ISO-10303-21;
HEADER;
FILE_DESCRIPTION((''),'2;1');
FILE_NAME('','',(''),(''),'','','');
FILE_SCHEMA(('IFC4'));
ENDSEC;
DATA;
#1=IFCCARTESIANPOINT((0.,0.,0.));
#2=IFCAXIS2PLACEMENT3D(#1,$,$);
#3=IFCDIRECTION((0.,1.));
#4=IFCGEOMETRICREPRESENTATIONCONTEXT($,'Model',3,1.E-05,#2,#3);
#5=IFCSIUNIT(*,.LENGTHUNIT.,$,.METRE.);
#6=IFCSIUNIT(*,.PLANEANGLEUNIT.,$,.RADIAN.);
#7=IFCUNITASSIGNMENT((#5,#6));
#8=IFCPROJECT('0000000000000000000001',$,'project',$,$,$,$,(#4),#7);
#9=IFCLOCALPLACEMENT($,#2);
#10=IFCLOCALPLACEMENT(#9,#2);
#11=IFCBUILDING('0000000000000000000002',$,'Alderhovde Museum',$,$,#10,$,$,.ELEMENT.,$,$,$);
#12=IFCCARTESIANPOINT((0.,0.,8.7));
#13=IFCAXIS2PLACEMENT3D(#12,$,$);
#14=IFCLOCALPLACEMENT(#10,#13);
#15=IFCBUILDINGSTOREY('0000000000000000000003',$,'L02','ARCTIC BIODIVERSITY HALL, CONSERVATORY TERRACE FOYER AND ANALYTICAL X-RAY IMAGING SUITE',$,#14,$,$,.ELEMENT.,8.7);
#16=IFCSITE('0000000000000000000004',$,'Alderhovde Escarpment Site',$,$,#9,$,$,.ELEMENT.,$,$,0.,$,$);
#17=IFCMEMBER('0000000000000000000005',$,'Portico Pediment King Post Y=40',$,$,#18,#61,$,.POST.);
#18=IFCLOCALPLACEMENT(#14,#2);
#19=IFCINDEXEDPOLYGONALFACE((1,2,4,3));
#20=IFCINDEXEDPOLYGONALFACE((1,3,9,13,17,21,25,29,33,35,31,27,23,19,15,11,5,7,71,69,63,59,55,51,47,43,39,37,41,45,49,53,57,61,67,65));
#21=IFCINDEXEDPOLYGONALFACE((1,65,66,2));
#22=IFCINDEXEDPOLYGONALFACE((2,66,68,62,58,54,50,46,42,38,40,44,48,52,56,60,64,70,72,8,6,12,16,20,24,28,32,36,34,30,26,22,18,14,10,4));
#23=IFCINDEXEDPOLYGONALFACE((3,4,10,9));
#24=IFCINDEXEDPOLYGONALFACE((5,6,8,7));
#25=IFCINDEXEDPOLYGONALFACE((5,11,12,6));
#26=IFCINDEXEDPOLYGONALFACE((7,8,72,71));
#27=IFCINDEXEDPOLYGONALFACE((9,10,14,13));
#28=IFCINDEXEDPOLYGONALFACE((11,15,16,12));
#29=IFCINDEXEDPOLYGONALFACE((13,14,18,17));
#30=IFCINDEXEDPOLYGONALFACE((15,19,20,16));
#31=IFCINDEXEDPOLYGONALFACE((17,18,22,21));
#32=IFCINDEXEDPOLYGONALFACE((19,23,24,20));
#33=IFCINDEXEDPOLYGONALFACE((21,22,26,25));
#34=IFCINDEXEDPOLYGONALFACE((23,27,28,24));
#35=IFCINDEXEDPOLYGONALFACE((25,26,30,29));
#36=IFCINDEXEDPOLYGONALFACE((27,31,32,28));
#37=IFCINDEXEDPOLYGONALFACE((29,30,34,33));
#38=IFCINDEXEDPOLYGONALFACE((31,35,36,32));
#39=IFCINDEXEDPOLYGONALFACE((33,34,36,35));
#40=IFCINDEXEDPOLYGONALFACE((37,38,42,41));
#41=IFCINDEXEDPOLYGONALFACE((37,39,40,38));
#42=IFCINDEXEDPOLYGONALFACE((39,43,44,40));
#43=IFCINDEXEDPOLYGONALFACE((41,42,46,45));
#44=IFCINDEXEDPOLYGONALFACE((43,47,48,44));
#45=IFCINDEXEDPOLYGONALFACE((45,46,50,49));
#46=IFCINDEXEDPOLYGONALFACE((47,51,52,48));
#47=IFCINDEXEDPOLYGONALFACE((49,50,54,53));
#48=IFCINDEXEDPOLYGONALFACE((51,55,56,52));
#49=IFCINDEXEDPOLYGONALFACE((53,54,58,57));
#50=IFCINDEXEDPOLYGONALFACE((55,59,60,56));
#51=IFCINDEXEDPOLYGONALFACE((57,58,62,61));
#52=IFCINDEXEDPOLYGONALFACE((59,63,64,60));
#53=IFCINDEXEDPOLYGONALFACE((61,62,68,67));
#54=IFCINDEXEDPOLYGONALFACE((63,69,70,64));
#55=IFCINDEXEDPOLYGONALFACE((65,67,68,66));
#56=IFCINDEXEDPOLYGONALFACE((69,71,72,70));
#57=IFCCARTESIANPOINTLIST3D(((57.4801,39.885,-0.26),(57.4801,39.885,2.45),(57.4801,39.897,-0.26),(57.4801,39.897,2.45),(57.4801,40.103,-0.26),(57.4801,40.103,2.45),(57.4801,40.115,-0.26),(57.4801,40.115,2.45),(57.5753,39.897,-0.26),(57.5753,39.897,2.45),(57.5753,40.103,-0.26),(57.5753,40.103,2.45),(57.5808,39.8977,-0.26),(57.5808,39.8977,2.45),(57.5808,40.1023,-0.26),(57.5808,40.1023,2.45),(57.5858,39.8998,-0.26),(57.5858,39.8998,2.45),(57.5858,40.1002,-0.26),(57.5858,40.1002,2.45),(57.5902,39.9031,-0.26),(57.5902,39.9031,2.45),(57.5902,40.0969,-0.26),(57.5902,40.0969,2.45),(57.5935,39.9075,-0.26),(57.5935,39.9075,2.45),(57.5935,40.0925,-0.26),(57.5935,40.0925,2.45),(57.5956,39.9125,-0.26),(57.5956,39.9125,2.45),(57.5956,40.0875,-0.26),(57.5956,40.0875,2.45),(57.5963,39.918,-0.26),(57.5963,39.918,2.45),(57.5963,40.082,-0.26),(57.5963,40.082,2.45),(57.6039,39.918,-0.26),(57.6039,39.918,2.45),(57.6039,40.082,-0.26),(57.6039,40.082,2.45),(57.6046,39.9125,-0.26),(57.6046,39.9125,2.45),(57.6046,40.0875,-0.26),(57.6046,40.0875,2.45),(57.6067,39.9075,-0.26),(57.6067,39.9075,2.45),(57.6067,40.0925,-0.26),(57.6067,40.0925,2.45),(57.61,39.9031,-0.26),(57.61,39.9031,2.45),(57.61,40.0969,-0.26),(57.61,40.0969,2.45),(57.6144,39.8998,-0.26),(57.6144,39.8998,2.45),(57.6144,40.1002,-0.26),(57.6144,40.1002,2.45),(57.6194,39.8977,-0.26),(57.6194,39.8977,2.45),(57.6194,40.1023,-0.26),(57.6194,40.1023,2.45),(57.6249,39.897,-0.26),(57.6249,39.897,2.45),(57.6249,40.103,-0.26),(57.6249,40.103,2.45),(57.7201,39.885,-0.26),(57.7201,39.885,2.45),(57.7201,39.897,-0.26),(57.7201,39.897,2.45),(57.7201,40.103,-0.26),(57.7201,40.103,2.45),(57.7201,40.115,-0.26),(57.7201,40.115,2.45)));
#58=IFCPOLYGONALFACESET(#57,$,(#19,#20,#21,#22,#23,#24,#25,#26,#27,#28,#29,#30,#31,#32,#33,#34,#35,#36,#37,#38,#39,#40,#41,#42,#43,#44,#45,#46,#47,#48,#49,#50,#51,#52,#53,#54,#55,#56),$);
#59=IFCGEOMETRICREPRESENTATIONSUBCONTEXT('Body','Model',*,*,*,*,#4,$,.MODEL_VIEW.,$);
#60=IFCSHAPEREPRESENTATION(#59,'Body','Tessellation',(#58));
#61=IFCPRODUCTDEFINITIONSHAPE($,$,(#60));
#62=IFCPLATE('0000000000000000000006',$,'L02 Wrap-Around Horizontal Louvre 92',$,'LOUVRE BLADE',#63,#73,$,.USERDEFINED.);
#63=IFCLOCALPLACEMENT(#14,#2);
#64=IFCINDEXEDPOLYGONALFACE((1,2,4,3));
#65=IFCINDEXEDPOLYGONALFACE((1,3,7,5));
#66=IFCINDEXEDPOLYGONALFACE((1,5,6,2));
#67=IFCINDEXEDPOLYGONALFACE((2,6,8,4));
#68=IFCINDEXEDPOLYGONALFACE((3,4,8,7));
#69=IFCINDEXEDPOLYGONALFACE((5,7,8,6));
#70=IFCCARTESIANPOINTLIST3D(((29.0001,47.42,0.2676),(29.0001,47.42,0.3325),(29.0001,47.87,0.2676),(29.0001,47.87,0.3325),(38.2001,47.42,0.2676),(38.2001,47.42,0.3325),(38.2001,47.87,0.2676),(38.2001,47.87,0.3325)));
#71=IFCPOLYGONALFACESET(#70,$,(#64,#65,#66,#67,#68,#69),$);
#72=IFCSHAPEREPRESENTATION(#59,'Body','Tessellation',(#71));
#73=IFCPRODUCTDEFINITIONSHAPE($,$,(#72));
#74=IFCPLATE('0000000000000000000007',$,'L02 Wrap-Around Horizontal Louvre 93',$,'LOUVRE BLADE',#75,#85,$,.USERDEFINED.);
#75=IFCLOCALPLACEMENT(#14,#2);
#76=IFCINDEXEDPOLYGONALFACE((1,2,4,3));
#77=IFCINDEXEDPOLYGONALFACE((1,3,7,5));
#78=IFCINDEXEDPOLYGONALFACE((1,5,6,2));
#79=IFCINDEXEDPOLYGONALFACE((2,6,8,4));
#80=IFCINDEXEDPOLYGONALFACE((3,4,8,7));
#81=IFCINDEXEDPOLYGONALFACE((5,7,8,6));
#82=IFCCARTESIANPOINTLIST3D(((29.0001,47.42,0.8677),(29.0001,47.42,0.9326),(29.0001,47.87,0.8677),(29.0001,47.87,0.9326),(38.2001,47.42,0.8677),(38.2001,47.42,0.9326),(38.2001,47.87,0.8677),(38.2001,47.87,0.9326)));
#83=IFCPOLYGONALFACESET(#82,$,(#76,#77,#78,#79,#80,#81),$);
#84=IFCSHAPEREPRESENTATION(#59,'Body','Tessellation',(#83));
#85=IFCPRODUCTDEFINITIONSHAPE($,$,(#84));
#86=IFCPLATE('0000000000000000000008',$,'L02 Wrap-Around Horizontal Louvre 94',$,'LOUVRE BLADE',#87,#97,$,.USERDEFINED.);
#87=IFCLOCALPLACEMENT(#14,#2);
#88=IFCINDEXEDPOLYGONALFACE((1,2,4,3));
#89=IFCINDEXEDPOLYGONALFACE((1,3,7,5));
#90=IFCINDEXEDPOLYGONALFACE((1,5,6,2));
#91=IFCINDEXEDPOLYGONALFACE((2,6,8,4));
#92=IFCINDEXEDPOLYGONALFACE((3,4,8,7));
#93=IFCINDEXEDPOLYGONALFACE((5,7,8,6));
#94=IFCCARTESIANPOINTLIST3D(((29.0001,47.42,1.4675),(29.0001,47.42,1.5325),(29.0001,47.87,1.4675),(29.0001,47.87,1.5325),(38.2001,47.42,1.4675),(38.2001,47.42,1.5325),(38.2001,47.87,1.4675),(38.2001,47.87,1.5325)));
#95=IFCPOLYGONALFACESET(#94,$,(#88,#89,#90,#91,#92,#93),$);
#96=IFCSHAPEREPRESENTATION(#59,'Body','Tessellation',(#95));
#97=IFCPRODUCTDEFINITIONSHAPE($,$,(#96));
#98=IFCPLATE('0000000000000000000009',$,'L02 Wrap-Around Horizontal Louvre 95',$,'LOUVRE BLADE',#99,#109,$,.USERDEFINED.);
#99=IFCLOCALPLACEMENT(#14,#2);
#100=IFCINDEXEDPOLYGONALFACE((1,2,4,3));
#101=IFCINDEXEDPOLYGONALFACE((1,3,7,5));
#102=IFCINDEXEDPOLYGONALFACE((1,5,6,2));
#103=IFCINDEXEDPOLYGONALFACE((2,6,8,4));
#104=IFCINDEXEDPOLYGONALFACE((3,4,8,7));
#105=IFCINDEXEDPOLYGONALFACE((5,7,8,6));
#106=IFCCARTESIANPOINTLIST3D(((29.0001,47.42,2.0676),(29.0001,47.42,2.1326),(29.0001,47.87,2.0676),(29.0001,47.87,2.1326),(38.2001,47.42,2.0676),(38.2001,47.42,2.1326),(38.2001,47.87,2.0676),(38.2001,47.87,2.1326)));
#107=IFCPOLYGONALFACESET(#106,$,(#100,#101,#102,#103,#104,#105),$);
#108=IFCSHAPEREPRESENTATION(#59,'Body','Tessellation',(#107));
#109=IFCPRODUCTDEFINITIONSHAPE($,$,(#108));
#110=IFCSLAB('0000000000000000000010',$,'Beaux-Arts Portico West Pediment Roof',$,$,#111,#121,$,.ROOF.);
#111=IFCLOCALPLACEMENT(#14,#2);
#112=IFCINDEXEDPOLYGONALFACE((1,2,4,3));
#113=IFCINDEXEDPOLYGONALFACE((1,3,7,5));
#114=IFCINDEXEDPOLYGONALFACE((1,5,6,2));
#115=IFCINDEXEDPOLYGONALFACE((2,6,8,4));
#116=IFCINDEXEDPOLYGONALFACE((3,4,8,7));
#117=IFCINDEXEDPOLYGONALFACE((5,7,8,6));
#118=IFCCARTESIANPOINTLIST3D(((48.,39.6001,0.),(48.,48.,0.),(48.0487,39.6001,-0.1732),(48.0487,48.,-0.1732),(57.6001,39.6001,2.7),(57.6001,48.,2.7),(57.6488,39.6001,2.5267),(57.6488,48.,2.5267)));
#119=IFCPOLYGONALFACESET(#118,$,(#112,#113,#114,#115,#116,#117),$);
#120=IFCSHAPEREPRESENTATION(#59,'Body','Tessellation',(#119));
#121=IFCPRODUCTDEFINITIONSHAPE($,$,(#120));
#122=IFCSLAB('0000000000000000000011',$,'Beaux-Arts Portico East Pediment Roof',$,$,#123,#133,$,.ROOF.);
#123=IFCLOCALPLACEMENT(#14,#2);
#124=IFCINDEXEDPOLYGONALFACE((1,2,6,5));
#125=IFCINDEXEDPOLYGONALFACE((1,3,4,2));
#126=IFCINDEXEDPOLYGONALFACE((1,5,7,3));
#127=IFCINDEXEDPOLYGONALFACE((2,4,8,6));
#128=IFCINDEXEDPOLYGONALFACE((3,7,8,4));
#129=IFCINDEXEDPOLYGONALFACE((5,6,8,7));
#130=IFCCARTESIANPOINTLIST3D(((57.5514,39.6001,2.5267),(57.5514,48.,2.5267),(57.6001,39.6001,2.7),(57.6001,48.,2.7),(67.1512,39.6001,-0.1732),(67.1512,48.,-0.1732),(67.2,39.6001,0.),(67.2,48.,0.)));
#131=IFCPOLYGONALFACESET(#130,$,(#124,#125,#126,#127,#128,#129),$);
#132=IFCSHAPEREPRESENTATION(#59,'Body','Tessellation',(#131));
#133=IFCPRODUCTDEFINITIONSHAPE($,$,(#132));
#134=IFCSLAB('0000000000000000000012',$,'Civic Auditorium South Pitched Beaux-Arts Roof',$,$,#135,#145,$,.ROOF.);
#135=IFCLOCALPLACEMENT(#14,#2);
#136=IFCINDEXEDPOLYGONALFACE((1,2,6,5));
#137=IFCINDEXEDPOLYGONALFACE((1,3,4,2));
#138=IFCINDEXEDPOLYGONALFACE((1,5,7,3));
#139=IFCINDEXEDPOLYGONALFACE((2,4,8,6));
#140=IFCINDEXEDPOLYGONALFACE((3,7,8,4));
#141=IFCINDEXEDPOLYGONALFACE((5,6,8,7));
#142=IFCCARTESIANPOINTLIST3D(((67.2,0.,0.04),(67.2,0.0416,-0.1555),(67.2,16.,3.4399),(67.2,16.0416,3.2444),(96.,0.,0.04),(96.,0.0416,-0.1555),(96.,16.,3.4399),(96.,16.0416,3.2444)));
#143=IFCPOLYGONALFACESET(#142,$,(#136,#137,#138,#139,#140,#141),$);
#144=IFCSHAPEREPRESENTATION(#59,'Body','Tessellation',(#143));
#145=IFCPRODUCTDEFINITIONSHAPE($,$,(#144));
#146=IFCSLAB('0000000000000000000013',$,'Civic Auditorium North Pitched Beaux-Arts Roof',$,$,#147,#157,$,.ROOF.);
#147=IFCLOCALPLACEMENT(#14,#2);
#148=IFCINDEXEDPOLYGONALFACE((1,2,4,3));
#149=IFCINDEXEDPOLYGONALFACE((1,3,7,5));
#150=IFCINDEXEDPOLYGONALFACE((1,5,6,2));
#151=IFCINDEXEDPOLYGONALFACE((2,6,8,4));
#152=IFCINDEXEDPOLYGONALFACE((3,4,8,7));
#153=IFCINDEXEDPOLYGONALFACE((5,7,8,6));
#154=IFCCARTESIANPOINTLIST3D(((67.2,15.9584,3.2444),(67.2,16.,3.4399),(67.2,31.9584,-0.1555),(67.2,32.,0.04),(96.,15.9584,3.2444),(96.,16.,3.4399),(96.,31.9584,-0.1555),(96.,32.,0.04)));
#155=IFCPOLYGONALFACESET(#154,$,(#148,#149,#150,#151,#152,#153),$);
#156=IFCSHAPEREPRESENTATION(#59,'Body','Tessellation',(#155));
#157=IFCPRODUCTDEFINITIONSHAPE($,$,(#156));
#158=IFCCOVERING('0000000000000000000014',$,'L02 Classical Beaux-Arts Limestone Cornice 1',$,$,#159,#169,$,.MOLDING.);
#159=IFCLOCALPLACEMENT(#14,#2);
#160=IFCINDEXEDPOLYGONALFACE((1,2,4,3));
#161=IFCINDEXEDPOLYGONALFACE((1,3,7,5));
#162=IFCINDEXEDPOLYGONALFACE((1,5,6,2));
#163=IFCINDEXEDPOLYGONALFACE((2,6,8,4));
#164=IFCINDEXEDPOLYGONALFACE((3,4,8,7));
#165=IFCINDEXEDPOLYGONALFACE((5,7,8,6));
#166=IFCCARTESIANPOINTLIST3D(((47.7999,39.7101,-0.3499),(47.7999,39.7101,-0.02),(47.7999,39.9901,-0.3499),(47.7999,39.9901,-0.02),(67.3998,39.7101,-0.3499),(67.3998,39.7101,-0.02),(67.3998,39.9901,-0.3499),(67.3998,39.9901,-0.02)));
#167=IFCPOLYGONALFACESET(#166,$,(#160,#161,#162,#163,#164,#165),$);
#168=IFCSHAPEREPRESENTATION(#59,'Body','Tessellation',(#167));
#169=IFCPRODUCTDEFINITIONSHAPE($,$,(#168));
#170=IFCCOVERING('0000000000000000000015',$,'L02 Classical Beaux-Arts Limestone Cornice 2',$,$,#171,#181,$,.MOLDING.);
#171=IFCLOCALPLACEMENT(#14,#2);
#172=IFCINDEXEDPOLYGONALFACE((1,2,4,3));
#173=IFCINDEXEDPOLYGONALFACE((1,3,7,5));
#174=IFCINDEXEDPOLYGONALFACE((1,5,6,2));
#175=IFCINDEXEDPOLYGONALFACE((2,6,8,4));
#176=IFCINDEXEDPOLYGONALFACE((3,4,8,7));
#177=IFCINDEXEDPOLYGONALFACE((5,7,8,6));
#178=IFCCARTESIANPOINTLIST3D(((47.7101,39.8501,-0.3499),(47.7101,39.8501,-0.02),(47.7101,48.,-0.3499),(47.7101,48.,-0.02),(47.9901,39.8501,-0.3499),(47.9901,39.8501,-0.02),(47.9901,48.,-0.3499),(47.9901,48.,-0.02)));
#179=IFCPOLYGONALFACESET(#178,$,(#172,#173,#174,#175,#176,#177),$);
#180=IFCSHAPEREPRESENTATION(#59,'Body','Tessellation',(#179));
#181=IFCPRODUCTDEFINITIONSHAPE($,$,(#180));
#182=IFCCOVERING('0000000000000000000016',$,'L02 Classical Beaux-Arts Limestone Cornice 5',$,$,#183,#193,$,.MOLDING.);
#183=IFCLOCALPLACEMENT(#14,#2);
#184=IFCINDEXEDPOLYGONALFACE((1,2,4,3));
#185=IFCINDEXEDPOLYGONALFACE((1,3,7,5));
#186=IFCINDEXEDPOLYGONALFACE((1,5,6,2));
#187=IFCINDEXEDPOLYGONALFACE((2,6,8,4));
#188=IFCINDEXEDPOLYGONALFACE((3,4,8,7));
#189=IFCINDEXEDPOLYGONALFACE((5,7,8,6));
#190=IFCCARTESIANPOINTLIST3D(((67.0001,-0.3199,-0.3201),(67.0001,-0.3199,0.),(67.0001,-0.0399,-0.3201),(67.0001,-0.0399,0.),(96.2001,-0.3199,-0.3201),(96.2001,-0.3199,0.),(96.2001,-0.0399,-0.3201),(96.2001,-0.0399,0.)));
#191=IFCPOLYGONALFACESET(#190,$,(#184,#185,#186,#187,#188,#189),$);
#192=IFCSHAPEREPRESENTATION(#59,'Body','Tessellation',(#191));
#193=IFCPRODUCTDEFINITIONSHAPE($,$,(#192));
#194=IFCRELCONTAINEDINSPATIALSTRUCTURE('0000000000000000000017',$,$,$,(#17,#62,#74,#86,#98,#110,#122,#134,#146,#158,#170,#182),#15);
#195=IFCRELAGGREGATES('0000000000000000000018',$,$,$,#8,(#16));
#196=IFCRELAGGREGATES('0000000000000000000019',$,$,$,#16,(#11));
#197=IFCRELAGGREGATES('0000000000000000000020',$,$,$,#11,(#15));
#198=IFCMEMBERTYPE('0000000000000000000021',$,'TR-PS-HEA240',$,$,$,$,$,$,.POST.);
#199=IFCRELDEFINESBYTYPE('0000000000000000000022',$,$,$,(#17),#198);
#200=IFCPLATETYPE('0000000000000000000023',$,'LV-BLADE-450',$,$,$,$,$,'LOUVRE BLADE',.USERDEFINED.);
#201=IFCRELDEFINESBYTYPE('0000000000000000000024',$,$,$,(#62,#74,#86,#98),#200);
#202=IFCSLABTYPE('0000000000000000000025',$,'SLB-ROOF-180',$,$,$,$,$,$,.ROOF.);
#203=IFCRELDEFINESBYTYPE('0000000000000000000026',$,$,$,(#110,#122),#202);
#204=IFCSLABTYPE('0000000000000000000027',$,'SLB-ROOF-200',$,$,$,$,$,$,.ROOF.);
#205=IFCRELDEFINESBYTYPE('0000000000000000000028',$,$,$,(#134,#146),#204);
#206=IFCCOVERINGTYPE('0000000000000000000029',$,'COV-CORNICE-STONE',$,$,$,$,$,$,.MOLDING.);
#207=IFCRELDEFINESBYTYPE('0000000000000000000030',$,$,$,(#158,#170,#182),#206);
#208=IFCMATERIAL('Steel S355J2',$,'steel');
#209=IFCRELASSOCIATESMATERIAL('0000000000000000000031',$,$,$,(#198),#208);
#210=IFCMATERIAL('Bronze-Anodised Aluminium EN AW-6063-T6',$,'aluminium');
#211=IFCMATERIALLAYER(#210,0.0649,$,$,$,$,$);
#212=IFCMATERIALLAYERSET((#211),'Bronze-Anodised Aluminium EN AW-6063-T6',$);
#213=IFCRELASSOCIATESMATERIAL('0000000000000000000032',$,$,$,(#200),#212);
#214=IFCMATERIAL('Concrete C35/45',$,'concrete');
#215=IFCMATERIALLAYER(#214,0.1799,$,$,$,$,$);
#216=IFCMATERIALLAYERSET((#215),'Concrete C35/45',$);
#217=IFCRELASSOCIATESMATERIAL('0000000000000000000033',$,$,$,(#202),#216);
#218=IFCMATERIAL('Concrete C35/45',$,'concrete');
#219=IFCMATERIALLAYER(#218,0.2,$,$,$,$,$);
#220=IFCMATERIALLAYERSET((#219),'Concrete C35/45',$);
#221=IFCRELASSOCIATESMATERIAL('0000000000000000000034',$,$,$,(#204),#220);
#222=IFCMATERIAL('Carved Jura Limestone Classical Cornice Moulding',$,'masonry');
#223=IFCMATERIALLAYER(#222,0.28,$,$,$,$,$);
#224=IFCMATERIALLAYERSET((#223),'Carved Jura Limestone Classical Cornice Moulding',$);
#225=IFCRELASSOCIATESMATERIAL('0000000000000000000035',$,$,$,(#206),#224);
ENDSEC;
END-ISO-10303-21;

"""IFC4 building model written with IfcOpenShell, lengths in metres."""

from ifc_helpers import new_model, si_unit, direction, frame, frame_2d, origin, origin_2d, place, context, subcontext, project, spatial, polyline, rectangle, i_section, outline, extrude, material, layer, layer_set, material_profile, profile_set, type_object, element, save


model = new_model("IFC4")

# Units and contexts
model_context = context("Model", 3, precision=1e-05, world=origin(), true_north=direction((0.0, 1.0)))
body_context = subcontext(model_context, "Body", "Model", "MODEL_VIEW")
ifc_project = project(units=[si_unit("LENGTHUNIT", "METRE"), si_unit("PLANEANGLEUNIT", "RADIAN")], contexts=[model_context])

# Site, building, storey
site_placement = place(None, origin())
site = spatial("IfcSite", under=ifc_project, at=site_placement, Name="Alderhovde Escarpment Site", CompositionType="ELEMENT", RefElevation=0.0)
building_placement = place(site_placement, origin())
building = spatial("IfcBuilding", under=site, at=building_placement, Name="Alderhovde Museum", CompositionType="ELEMENT")
storey_placement = place(building_placement, frame((0.0, 0.0, 8.7)))
storey = spatial("IfcBuildingStorey", under=building, at=storey_placement, Name="L02", Description="ARCTIC BIODIVERSITY HALL, CONSERVATORY TERRACE FOYER AND ANALYTICAL X-RAY IMAGING SUITE", CompositionType="ELEMENT", Elevation=8.7)

# Member
ifc_material_1 = material(Name="Steel S355J2", Category="steel")
ifc_material_profile_1 = material_profile(ifc_material_1, i_section(OverallWidth=0.24, OverallDepth=0.23, WebThickness=0.0076, FlangeThickness=0.012, FilletRadius=0.021, at=origin_2d()), Name="HEA 240")
ifc_profile_set_1 = profile_set([ifc_material_profile_1], Name="Steel S355J2")
member_type_1 = type_object("IfcMemberType", Name="TR-PS-HEA240", PredefinedType="POST", material=ifc_profile_set_1)
member_1_placement = place(storey_placement, frame((57.6001, 40.0, -0.26), z_axis=(0.0, 0.0, 1.0), x_axis=(1.0, 0.0, 0.0)))
element("IfcMember", 1, at=member_1_placement, inside=storey, type_object=member_type_1, Name="Portico Pediment King Post Y=40", PredefinedType="POST", context=body_context, shape_type="SweptSolid", body=[
    extrude(i_section(OverallWidth=0.24, OverallDepth=0.23, WebThickness=0.0076, FlangeThickness=0.012, FilletRadius=0.021, at=origin_2d()), origin(), (0.0, 0.0, 1.0), 2.71),
])

# Plates
ifc_material_2 = material(Name="Bronze-Anodised Aluminium EN AW-6063-T6", Category="aluminium")
ifc_layer_1 = layer(ifc_material_2, 0.0649)
ifc_layer_set_1 = layer_set([ifc_layer_1], Name="Bronze-Anodised Aluminium EN AW-6063-T6")
plate_type = type_object("IfcPlateType", Name="LV-BLADE-450", ElementType="LOUVRE BLADE", PredefinedType="USERDEFINED", material=ifc_layer_set_1)
for number, where, z_axis, x_axis, name in (
    (2, (33.6001, 47.645, 0.2676), (0.0, 0.0, 1.0), (1.0, 0.0, 0.0), "L02 Wrap-Around Horizontal Louvre 92"),
    (3, (33.6001, 47.645, 0.8677), (0.0, 0.0, 1.0), (1.0, 0.0, 0.0), "L02 Wrap-Around Horizontal Louvre 93"),
    (4, (33.6001, 47.645, 1.4675), (0.0, 0.0, 1.0), (1.0, 0.0, 0.0), "L02 Wrap-Around Horizontal Louvre 94"),
    (5, (33.6001, 47.645, 2.0676), (0.0, 0.0, 1.0), (1.0, 0.0, 0.0), "L02 Wrap-Around Horizontal Louvre 95"),
):
    element("IfcPlate", number, at=place(storey_placement, frame(where, z_axis=z_axis, x_axis=x_axis)), inside=storey, type_object=plate_type, Name=name, ObjectType="LOUVRE BLADE", PredefinedType="USERDEFINED", context=body_context, shape_type="SweptSolid", body=[
        extrude(rectangle(XDim=9.2, YDim=0.45, at=origin_2d()), origin(), (0.0, 0.0, 1.0), 0.0649),
    ])

# Slabs
ifc_material_3 = material(Name="Concrete C35/45", Category="concrete")
ifc_layer_2 = layer(ifc_material_3, 0.1799)
ifc_layer_set_2 = layer_set([ifc_layer_2], Name="Concrete C35/45")
slab_type_1 = type_object("IfcSlabType", Name="SLB-ROOF-180", PredefinedType="ROOF", material=ifc_layer_set_2)
slab_1_placement = place(storey_placement, frame((48.0, 39.6001, 0.0), z_axis=(-0.270738, 0.0, 0.962653), x_axis=(0.962653, 0.0, 0.270738)))
element("IfcSlab", 6, at=slab_1_placement, inside=storey, type_object=slab_type_1, Name="Beaux-Arts Portico West Pediment Roof", PredefinedType="ROOF", context=body_context, shape_type="SweptSolid", body=[
    extrude(outline(polyline([(0.0, 0.0), (9.9725, 0.0), (9.9725, 8.3999), (0.0, 8.3999), (0.0, 0.0)])), origin(), (0.0, 0.0, -1.0), 0.1799),
])
slab_2_placement = place(storey_placement, frame((57.6001, 39.6001, 2.7), z_axis=(0.270745, 0.0, 0.962651), x_axis=(0.962651, 0.0, -0.270745)))
element("IfcSlab", 7, at=slab_2_placement, inside=storey, type_object=slab_type_1, Name="Beaux-Arts Portico East Pediment Roof", PredefinedType="ROOF", context=body_context, shape_type="SweptSolid", body=[
    extrude(outline(polyline([(0.0, 0.0), (9.9723, 0.0), (9.9723, 8.3999), (0.0, 8.3999), (0.0, 0.0)])), origin(), (0.0, 0.0, -1.0), 0.1799),
])
ifc_material_4 = material(Name="Concrete C35/45", Category="concrete")
ifc_layer_3 = layer(ifc_material_4, 0.2)
ifc_layer_set_3 = layer_set([ifc_layer_3], Name="Concrete C35/45")
slab_type_2 = type_object("IfcSlabType", Name="SLB-ROOF-200", PredefinedType="ROOF", material=ifc_layer_set_3)
for number, where, z_axis, x_axis, name in (
    (8, (67.2, 0.0, 0.04), (0.0, -0.207853, 0.97816), (1.0, 0.0, 0.0), "Civic Auditorium South Pitched Beaux-Arts Roof"),
    (9, (67.2, 16.0, 3.4399), (0.0, 0.207853, 0.97816), (1.0, 0.0, 0.0), "Civic Auditorium North Pitched Beaux-Arts Roof"),
):
    element("IfcSlab", number, at=place(storey_placement, frame(where, z_axis=z_axis, x_axis=x_axis)), inside=storey, type_object=slab_type_2, Name=name, PredefinedType="ROOF", context=body_context, shape_type="SweptSolid", body=[
        extrude(outline(polyline([(0.0, 0.0), (28.8, 0.0), (28.8, 16.3572), (0.0, 16.3572), (0.0, 0.0)])), origin(), (0.0, 0.0, -1.0), 0.2),
    ])

# Coverings
ifc_material_5 = material(Name="Carved Jura Limestone Classical Cornice Moulding", Category="masonry")
ifc_layer_4 = layer(ifc_material_5, 0.28)
ifc_layer_set_4 = layer_set([ifc_layer_4], Name="Carved Jura Limestone Classical Cornice Moulding")
covering_type_1 = type_object("IfcCoveringType", Name="COV-CORNICE-STONE", PredefinedType="MOLDING", material=ifc_layer_set_4)
covering_1_placement = place(storey_placement, frame((47.8, 39.8501, -0.3499), z_axis=(0.0, 0.0, 1.0), x_axis=(1.0, 0.0, 0.0)))
element("IfcCovering", 10, at=covering_1_placement, inside=storey, type_object=covering_type_1, Name="L02 Classical Beaux-Arts Limestone Cornice 1", PredefinedType="MOLDING", context=body_context, shape_type="SweptSolid", body=[
    extrude(rectangle(XDim=19.5999, YDim=0.28, at=frame_2d((9.7998, 0.0))), origin(), (0.0, 0.0, 1.0), 0.3298),
])
covering_2_placement = place(storey_placement, frame((47.8501, 39.8501, -0.3499), z_axis=(0.0, 0.0, 1.0), x_axis=(0.0, 1.0, 0.0)))
element("IfcCovering", 11, at=covering_2_placement, inside=storey, type_object=covering_type_1, Name="L02 Classical Beaux-Arts Limestone Cornice 2", PredefinedType="MOLDING", context=body_context, shape_type="SweptSolid", body=[
    extrude(rectangle(XDim=8.1499, YDim=0.28, at=frame_2d((4.075, 0.0))), origin(), (0.0, 0.0, 1.0), 0.3298),
])
covering_3_placement = place(storey_placement, frame((67.0, -0.1799, -0.3201), z_axis=(0.0, 0.0, 1.0), x_axis=(1.0, 0.0, 0.0)))
element("IfcCovering", 12, at=covering_3_placement, inside=storey, type_object=covering_type_1, Name="L02 Classical Beaux-Arts Limestone Cornice 5", PredefinedType="MOLDING", context=body_context, shape_type="SweptSolid", body=[
    extrude(rectangle(XDim=29.2, YDim=0.28, at=frame_2d((14.6001, 0.0))), origin(), (0.0, 0.0, 1.0), 0.3201),
])

save(model, "model.ifc")
